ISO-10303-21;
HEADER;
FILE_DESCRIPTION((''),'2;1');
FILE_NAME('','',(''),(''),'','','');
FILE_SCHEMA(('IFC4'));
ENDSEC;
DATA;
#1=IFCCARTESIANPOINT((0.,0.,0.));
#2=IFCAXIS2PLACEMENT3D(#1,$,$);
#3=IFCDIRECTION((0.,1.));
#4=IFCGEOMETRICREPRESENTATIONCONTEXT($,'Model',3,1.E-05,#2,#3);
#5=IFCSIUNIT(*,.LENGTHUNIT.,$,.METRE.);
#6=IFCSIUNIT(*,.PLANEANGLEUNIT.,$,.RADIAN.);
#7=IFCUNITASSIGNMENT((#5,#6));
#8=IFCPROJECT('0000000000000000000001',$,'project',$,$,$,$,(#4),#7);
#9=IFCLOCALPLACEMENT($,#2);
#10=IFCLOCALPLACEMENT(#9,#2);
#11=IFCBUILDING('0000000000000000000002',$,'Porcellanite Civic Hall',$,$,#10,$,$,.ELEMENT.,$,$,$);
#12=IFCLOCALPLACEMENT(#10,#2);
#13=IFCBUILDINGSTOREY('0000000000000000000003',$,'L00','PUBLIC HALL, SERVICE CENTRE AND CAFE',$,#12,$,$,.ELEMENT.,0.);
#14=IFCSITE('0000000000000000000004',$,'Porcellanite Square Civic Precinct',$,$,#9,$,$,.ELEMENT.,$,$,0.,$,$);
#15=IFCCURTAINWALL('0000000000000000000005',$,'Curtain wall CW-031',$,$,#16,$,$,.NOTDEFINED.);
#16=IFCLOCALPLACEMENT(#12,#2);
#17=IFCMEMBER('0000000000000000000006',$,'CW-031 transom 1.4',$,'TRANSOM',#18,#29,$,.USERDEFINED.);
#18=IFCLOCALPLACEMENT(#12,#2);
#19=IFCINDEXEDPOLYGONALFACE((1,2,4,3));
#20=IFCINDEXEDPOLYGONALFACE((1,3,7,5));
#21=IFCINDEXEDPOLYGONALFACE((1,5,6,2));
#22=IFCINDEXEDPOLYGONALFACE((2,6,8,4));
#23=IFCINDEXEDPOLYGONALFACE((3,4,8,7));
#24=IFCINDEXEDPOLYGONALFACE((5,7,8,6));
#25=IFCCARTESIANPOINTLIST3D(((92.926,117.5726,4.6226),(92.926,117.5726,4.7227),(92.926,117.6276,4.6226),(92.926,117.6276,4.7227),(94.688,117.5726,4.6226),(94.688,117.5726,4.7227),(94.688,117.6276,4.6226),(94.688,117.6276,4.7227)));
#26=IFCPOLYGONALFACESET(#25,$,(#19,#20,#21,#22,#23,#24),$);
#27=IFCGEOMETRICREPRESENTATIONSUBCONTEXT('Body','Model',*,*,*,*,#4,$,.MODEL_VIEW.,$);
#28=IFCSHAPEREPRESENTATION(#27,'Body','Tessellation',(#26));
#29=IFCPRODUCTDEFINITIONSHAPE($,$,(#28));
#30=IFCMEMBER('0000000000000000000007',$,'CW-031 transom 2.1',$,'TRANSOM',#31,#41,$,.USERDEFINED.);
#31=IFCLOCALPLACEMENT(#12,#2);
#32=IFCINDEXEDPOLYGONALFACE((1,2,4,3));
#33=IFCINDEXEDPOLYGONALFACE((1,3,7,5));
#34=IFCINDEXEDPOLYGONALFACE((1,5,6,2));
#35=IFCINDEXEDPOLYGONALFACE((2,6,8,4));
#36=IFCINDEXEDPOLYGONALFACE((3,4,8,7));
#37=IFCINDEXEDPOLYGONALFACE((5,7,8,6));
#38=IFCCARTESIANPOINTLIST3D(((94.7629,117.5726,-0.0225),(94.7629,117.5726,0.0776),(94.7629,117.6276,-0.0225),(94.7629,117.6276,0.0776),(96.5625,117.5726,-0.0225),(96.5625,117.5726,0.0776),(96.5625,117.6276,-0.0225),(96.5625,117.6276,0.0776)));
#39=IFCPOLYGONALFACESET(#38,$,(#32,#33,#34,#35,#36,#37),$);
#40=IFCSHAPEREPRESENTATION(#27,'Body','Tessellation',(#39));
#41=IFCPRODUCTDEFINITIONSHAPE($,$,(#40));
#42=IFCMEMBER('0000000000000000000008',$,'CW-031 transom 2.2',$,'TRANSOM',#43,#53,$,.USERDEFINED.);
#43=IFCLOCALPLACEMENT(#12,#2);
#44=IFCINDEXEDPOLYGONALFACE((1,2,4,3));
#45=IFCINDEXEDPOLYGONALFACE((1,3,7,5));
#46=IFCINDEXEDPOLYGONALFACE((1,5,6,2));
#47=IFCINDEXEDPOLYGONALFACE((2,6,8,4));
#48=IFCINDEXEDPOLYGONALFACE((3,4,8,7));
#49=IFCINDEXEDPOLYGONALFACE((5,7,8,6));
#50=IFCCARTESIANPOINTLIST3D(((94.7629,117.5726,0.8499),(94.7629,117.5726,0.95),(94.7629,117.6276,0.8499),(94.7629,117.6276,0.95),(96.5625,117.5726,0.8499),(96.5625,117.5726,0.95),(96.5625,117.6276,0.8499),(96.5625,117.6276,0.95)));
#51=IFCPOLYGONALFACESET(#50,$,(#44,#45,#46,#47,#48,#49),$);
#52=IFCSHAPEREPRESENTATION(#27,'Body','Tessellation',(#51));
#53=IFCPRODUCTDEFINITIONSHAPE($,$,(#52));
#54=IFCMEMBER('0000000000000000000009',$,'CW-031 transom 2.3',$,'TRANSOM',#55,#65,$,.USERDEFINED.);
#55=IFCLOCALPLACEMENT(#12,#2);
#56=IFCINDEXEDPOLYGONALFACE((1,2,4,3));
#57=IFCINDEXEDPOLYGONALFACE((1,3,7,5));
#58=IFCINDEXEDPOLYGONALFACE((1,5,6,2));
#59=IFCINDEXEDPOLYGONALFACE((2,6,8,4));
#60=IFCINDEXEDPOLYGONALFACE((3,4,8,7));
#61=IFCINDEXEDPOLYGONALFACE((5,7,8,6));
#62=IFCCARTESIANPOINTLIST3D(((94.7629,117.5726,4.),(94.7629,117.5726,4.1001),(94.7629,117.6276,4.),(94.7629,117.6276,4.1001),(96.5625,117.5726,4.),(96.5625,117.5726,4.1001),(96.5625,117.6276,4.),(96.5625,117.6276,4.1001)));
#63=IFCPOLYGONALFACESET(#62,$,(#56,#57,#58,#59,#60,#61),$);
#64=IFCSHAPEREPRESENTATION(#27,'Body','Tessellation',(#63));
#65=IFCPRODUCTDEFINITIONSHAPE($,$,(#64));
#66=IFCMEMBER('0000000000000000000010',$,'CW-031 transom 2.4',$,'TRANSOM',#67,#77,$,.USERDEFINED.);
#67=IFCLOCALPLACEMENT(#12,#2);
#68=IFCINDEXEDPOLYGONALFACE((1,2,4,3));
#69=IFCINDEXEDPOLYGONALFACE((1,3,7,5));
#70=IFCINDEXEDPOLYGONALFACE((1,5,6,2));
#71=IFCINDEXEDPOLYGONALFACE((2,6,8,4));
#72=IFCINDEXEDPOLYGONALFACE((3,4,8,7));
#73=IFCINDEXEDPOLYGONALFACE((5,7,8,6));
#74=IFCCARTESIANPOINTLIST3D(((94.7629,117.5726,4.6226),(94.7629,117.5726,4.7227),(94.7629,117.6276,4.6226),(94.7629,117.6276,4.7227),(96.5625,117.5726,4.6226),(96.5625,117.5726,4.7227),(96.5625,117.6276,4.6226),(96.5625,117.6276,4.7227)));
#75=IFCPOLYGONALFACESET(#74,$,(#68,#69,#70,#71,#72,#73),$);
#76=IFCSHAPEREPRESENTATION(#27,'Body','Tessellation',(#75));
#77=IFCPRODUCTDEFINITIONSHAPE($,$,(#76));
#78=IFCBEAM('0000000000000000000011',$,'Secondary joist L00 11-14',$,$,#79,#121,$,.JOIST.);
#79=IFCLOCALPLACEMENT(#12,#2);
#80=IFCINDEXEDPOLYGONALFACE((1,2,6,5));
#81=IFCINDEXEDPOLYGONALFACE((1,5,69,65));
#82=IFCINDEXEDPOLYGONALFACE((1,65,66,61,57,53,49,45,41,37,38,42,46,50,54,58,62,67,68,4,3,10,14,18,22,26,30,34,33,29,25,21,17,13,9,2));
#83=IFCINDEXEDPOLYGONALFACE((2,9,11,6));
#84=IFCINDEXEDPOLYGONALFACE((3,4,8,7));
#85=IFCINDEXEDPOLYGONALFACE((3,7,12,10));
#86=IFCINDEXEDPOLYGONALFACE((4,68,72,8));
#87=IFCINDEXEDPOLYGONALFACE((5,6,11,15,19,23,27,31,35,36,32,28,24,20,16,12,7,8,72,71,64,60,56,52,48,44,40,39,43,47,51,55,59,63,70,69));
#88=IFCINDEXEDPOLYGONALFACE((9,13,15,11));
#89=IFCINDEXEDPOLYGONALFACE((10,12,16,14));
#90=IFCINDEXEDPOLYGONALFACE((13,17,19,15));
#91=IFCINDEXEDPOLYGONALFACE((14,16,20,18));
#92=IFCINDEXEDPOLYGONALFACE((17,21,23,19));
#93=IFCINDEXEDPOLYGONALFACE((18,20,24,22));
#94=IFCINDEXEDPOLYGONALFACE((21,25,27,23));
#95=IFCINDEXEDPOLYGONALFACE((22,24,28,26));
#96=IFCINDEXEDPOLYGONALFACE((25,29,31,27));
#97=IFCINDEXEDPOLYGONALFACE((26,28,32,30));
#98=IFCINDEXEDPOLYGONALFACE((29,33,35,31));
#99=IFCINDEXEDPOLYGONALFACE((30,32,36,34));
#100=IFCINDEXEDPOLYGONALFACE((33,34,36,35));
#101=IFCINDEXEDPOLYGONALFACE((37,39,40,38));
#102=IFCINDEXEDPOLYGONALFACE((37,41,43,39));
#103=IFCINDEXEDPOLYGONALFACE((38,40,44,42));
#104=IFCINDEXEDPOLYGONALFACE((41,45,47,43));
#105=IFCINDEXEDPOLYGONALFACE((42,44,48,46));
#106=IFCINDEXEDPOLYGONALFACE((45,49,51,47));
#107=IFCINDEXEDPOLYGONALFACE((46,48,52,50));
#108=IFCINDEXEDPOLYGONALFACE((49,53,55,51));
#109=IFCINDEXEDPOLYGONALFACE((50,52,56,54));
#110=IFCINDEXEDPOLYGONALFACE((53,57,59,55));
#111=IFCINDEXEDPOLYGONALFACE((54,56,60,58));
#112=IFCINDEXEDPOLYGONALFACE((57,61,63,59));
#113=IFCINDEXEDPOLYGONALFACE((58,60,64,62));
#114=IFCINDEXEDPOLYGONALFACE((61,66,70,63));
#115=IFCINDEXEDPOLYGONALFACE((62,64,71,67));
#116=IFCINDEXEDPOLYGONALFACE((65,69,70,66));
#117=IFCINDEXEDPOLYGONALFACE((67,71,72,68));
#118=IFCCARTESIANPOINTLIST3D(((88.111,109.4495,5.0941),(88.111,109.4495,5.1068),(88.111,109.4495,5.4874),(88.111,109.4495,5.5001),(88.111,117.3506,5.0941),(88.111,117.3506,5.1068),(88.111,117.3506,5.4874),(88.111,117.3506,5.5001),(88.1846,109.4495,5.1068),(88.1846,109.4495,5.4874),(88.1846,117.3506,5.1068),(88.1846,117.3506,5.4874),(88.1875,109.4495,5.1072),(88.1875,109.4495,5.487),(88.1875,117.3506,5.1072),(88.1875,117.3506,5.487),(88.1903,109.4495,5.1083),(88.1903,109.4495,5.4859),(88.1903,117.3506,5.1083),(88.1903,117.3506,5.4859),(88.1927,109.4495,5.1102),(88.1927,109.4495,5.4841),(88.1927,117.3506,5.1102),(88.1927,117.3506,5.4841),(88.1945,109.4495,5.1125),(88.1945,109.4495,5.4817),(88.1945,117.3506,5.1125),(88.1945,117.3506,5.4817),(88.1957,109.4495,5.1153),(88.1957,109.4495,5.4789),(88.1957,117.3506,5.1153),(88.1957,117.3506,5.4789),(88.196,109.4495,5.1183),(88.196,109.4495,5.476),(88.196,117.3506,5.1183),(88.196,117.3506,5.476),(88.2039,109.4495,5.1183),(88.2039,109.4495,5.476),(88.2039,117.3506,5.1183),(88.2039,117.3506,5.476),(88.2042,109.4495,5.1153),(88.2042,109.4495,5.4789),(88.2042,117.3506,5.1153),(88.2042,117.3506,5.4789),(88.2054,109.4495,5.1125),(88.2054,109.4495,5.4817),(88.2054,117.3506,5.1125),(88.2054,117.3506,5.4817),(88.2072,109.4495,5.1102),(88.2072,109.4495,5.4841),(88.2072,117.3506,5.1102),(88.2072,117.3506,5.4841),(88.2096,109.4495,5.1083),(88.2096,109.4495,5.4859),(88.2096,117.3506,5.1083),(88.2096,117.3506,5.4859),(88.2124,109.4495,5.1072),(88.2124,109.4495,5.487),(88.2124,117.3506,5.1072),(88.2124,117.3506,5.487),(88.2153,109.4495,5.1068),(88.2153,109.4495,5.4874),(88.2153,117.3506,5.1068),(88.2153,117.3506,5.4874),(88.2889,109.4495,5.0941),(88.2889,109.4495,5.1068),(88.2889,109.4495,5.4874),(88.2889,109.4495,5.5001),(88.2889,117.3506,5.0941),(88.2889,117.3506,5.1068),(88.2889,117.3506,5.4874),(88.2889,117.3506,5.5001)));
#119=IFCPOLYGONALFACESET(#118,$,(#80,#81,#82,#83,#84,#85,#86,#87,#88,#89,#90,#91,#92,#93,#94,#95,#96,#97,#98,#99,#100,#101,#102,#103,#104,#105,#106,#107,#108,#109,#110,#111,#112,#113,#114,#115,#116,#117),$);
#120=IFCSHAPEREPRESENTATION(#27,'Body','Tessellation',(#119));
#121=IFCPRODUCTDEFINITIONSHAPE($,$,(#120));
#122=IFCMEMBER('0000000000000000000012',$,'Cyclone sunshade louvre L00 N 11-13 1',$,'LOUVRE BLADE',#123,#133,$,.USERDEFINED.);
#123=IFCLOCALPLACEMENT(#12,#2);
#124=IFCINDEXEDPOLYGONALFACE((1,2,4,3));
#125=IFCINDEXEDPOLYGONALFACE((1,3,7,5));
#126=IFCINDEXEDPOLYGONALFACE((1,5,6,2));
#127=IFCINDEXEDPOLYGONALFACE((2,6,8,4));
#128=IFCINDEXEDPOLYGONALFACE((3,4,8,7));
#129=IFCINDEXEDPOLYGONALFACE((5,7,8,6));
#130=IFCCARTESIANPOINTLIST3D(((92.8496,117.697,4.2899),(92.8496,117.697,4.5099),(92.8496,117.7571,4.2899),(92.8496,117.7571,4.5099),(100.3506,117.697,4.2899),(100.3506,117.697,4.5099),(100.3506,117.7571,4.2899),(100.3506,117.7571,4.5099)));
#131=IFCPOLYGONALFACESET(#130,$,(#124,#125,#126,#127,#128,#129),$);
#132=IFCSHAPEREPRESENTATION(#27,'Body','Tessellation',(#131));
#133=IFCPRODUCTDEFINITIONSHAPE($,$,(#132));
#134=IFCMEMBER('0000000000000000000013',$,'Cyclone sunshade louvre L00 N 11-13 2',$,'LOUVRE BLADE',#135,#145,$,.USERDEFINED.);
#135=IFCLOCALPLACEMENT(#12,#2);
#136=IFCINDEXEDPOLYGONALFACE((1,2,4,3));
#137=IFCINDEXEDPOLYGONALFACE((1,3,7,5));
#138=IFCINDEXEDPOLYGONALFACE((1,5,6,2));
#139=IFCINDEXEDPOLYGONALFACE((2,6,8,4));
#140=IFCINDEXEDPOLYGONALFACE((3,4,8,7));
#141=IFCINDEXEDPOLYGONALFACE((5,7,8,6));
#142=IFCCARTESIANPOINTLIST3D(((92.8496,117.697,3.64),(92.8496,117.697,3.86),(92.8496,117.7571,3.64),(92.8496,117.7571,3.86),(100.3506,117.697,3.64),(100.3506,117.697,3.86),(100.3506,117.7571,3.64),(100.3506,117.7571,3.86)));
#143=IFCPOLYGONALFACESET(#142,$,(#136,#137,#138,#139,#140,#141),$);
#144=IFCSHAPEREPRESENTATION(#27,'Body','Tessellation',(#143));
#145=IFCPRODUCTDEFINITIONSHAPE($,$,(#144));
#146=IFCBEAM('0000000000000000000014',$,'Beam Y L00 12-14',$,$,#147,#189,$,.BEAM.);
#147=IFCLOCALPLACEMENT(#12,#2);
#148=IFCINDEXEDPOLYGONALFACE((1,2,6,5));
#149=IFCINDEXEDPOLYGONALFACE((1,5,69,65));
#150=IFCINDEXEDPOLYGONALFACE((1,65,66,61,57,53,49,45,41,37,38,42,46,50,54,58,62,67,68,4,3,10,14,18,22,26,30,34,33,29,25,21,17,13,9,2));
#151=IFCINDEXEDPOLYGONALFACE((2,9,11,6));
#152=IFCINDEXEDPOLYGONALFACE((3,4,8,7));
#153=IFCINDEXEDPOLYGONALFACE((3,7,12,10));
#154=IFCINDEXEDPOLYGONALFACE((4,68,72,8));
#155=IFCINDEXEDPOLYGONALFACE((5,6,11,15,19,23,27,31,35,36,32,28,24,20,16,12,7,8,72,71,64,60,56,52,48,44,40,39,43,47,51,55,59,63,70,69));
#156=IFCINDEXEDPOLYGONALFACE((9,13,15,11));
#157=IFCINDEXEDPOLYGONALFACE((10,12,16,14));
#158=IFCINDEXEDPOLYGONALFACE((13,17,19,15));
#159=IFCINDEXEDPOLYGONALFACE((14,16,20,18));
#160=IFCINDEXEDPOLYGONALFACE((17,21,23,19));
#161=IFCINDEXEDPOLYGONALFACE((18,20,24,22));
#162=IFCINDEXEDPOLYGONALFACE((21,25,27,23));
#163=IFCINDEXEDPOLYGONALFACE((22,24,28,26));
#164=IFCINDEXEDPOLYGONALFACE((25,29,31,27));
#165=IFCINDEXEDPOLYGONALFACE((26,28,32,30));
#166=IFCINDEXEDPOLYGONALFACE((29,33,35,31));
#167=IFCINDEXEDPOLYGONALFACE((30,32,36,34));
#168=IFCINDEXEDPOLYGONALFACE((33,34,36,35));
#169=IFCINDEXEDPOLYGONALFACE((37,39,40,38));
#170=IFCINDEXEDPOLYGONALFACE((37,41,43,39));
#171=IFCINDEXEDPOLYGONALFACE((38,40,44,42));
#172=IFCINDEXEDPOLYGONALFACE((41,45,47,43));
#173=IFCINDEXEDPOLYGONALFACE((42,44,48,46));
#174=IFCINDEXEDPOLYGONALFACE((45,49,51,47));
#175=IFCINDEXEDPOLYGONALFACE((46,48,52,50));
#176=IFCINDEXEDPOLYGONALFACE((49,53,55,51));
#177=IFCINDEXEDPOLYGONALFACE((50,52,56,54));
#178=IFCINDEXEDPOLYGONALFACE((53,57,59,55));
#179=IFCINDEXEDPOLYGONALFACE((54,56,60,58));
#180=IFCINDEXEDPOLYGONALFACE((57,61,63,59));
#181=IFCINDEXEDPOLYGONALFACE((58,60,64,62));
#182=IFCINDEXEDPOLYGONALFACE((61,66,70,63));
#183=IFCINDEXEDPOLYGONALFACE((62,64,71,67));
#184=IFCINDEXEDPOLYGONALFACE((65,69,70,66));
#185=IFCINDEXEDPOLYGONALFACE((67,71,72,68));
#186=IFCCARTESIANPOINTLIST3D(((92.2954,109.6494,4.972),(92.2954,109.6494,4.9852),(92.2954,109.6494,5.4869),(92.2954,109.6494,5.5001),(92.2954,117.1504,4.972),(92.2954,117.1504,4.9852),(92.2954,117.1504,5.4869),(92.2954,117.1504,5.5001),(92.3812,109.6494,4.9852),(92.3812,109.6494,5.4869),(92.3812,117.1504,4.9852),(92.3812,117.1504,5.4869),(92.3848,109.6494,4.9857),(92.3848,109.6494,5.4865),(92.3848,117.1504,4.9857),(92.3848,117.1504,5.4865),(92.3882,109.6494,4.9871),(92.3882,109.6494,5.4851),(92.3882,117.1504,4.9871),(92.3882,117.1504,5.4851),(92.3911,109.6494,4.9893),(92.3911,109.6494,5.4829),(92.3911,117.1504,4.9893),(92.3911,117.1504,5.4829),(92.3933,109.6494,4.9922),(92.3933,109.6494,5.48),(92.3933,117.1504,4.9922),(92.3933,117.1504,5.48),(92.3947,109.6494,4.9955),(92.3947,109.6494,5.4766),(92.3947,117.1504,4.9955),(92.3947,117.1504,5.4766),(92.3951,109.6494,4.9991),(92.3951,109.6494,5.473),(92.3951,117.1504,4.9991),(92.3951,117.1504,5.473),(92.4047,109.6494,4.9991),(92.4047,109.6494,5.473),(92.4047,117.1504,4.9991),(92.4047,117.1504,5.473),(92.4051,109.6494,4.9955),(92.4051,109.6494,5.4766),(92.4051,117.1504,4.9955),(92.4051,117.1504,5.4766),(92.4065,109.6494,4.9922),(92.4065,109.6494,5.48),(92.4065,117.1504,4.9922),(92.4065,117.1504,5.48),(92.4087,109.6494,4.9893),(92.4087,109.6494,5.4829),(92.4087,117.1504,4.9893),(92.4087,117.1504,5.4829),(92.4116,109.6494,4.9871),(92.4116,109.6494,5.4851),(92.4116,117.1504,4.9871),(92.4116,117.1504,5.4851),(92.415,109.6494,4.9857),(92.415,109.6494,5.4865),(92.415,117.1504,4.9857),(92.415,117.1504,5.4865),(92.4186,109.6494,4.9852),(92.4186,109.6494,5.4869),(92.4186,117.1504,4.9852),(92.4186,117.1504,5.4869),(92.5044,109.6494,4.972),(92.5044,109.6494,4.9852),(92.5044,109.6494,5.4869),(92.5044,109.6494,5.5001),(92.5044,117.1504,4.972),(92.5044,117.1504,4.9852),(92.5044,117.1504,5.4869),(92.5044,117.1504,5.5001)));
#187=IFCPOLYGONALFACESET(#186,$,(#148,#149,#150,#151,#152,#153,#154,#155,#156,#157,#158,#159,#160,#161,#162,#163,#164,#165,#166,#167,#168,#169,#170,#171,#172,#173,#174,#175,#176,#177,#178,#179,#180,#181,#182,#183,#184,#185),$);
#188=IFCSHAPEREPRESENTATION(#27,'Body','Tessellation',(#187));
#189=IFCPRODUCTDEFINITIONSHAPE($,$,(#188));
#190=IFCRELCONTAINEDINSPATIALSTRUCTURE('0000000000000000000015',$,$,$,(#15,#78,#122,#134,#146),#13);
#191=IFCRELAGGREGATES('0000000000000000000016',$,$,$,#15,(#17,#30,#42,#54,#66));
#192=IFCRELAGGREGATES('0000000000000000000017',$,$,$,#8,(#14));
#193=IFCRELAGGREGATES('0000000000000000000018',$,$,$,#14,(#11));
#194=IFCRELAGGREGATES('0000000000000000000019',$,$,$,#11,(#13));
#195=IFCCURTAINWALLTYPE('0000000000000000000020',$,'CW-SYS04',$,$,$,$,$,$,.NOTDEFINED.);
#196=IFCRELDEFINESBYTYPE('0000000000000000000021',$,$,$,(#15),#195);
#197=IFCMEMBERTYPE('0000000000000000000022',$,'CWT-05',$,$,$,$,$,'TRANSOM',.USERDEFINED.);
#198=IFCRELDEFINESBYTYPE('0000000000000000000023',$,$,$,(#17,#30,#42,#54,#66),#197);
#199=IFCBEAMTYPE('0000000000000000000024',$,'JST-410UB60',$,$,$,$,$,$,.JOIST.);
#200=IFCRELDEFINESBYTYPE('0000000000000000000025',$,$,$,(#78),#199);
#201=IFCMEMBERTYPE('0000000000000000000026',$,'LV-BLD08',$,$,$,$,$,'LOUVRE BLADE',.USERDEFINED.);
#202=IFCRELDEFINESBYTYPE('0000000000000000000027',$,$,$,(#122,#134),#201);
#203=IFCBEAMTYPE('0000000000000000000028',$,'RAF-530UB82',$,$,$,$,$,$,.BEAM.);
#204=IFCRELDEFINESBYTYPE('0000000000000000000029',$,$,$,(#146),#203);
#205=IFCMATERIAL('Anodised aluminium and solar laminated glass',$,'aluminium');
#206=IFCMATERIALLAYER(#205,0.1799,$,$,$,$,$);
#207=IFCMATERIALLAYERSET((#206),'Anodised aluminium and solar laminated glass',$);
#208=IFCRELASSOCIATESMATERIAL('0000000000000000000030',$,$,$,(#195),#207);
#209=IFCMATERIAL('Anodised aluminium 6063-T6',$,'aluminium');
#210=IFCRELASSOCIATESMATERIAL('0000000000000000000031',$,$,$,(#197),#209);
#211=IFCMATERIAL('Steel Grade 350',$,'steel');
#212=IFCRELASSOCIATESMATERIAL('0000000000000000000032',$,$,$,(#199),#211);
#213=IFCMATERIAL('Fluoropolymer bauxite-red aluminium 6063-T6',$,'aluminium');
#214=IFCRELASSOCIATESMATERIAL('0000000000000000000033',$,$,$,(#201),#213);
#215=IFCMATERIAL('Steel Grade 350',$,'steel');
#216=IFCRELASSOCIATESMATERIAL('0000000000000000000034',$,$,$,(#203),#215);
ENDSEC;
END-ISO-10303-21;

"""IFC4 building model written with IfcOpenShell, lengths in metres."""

from ifc_helpers import new_model, si_unit, direction, frame, origin, origin_2d, place, context, subcontext, project, spatial, rectangle, i_section, extrude, material, layer, layer_set, material_profile, profile_set, type_object, element, aggregate, save


model = new_model("IFC4")

# Units and contexts
model_context = context("Model", 3, precision=1e-05, world=origin(), true_north=direction((0.0, 1.0)))
body_context = subcontext(model_context, "Body", "Model", "MODEL_VIEW")
ifc_project = project(units=[si_unit("LENGTHUNIT", "METRE"), si_unit("PLANEANGLEUNIT", "RADIAN")], contexts=[model_context])

# Site, building, storey
site_placement = place(None, origin())
site = spatial("IfcSite", under=ifc_project, at=site_placement, Name="Porcellanite Square Civic Precinct", CompositionType="ELEMENT", RefElevation=0.0)
building_placement = place(site_placement, origin())
building = spatial("IfcBuilding", under=site, at=building_placement, Name="Porcellanite Civic Hall", CompositionType="ELEMENT")
storey_placement = place(building_placement, origin())
storey = spatial("IfcBuildingStorey", under=building, at=storey_placement, Name="L00", Description="PUBLIC HALL, SERVICE CENTRE AND CAFE", CompositionType="ELEMENT", Elevation=0.0)

# Curtain wall
ifc_material_1 = material(Name="Anodised aluminium and solar laminated glass", Category="aluminium")
ifc_layer_1 = layer(ifc_material_1, 0.1799)
ifc_layer_set_1 = layer_set([ifc_layer_1], Name="Anodised aluminium and solar laminated glass")
curtain_wall_type_1 = type_object("IfcCurtainWallType", Name="CW-SYS04", PredefinedType="NOTDEFINED", material=ifc_layer_set_1)
curtain_wall_1_placement = place(storey_placement, origin())
curtain_wall_1 = element("IfcCurtainWall", 1, at=curtain_wall_1_placement, inside=storey, type_object=curtain_wall_type_1, Name="Curtain wall CW-031", PredefinedType="NOTDEFINED")

# Members
ifc_material_2 = material(Name="Anodised aluminium 6063-T6", Category="aluminium")
ifc_material_profile_1 = material_profile(ifc_material_2, rectangle(XDim=0.0549, YDim=0.1001, at=origin_2d()), Name="AL-55x100")
ifc_profile_set_1 = profile_set([ifc_material_profile_1], Name="Anodised aluminium 6063-T6")
member_type_1 = type_object("IfcMemberType", Name="CWT-05", ElementType="TRANSOM", PredefinedType="USERDEFINED", material=ifc_profile_set_1)
member_1_placement = place(storey_placement, frame((92.926, 117.6001, 4.6726), z_axis=(1.0, 0.0, 0.0), x_axis=(0.0, 1.0, 0.0)))
member_1 = element("IfcMember", 2, at=member_1_placement, type_object=member_type_1, Name="CW-031 transom 1.4", ObjectType="TRANSOM", PredefinedType="USERDEFINED", context=body_context, shape_type="SweptSolid", body=[
    extrude(rectangle(XDim=0.0549, YDim=0.1001, at=origin_2d()), origin(), (0.0, 0.0, 1.0), 1.762),
])
member_2_placement = place(storey_placement, frame((94.7629, 117.6001, 0.0276), z_axis=(1.0, 0.0, 0.0), x_axis=(0.0, 1.0, 0.0)))
member_2 = element("IfcMember", 3, at=member_2_placement, type_object=member_type_1, Name="CW-031 transom 2.1", ObjectType="TRANSOM", PredefinedType="USERDEFINED", context=body_context, shape_type="SweptSolid", body=[
    extrude(rectangle(XDim=0.0549, YDim=0.1001, at=origin_2d()), origin(), (0.0, 0.0, 1.0), 1.7996),
])
member_3_placement = place(storey_placement, frame((94.7629, 117.6001, 0.8999), z_axis=(1.0, 0.0, 0.0), x_axis=(0.0, 1.0, 0.0)))
member_3 = element("IfcMember", 4, at=member_3_placement, type_object=member_type_1, Name="CW-031 transom 2.2", ObjectType="TRANSOM", PredefinedType="USERDEFINED", context=body_context, shape_type="SweptSolid", body=[
    extrude(rectangle(XDim=0.0549, YDim=0.1001, at=origin_2d()), origin(), (0.0, 0.0, 1.0), 1.7996),
])
member_4_placement = place(storey_placement, frame((94.7629, 117.6001, 4.05), z_axis=(1.0, 0.0, 0.0), x_axis=(0.0, 1.0, 0.0)))
member_4 = element("IfcMember", 5, at=member_4_placement, type_object=member_type_1, Name="CW-031 transom 2.3", ObjectType="TRANSOM", PredefinedType="USERDEFINED", context=body_context, shape_type="SweptSolid", body=[
    extrude(rectangle(XDim=0.0549, YDim=0.1001, at=origin_2d()), origin(), (0.0, 0.0, 1.0), 1.7996),
])
member_5_placement = place(storey_placement, frame((94.7629, 117.6001, 4.6726), z_axis=(1.0, 0.0, 0.0), x_axis=(0.0, 1.0, 0.0)))
member_5 = element("IfcMember", 6, at=member_5_placement, type_object=member_type_1, Name="CW-031 transom 2.4", ObjectType="TRANSOM", PredefinedType="USERDEFINED", context=body_context, shape_type="SweptSolid", body=[
    extrude(rectangle(XDim=0.0549, YDim=0.1001, at=origin_2d()), origin(), (0.0, 0.0, 1.0), 1.7996),
])

# Beam
ifc_material_3 = material(Name="Steel Grade 350", Category="steel")
ifc_material_profile_2 = material_profile(ifc_material_3, i_section(OverallWidth=0.178, OverallDepth=0.406, WebThickness=0.0078, FlangeThickness=0.0127, FilletRadius=0.0115, at=origin_2d()), Name="410UB59.7")
ifc_profile_set_2 = profile_set([ifc_material_profile_2], Name="Steel Grade 350")
beam_type_1 = type_object("IfcBeamType", Name="JST-410UB60", PredefinedType="JOIST", material=ifc_profile_set_2)
beam_1_placement = place(storey_placement, frame((88.2, 109.4495, 5.2971), z_axis=(0.0, 1.0, 0.0), x_axis=(-1.0, 0.0, 0.0)))
element("IfcBeam", 7, at=beam_1_placement, inside=storey, type_object=beam_type_1, Name="Secondary joist L00 11-14", PredefinedType="JOIST", context=body_context, shape_type="SweptSolid", body=[
    extrude(i_section(OverallWidth=0.178, OverallDepth=0.406, WebThickness=0.0078, FlangeThickness=0.0127, FilletRadius=0.0115, at=origin_2d()), origin(), (0.0, 0.0, 1.0), 7.9011),
])

# Members
ifc_material_4 = material(Name="Fluoropolymer bauxite-red aluminium 6063-T6", Category="aluminium")
ifc_material_profile_3 = material_profile(ifc_material_4, rectangle(XDim=0.0601, YDim=0.22, at=origin_2d()), Name="AL-60x220")
ifc_profile_set_3 = profile_set([ifc_material_profile_3], Name="Fluoropolymer bauxite-red aluminium 6063-T6")
member_type_2 = type_object("IfcMemberType", Name="LV-BLD08", ElementType="LOUVRE BLADE", PredefinedType="USERDEFINED", material=ifc_profile_set_3)
for number, where, z_axis, x_axis, name in (
    (8, (92.8496, 117.7271, 4.3999), (1.0, 0.0, 0.0), (0.0, 1.0, 0.0), "Cyclone sunshade louvre L00 N 11-13 1"),
    (9, (92.8496, 117.7271, 3.75), (1.0, 0.0, 0.0), (0.0, 1.0, 0.0), "Cyclone sunshade louvre L00 N 11-13 2"),
):
    element("IfcMember", number, at=place(storey_placement, frame(where, z_axis=z_axis, x_axis=x_axis)), inside=storey, type_object=member_type_2, Name=name, ObjectType="LOUVRE BLADE", PredefinedType="USERDEFINED", context=body_context, shape_type="SweptSolid", body=[
        extrude(rectangle(XDim=0.0601, YDim=0.22, at=origin_2d()), origin(), (0.0, 0.0, 1.0), 7.501),
    ])

# Beam
ifc_material_5 = material(Name="Steel Grade 350", Category="steel")
ifc_material_profile_4 = material_profile(ifc_material_5, i_section(OverallWidth=0.209, OverallDepth=0.5281, WebThickness=0.0095, FlangeThickness=0.0132, FilletRadius=0.0139, at=origin_2d()), Name="530UB82.0")
ifc_profile_set_4 = profile_set([ifc_material_profile_4], Name="Steel Grade 350")
beam_type_2 = type_object("IfcBeamType", Name="RAF-530UB82", PredefinedType="BEAM", material=ifc_profile_set_4)
beam_2_placement = place(storey_placement, frame((92.3999, 109.6494, 5.2361), z_axis=(0.0, 1.0, 0.0), x_axis=(-1.0, 0.0, 0.0)))
element("IfcBeam", 10, at=beam_2_placement, inside=storey, type_object=beam_type_2, Name="Beam Y L00 12-14", PredefinedType="BEAM", context=body_context, shape_type="SweptSolid", body=[
    extrude(i_section(OverallWidth=0.209, OverallDepth=0.5281, WebThickness=0.0095, FlangeThickness=0.0132, FilletRadius=0.0139, at=origin_2d()), origin(), (0.0, 0.0, 1.0), 7.501),
])

aggregate(curtain_wall_1, [member_1, member_2, member_3, member_4, member_5])

save(model, "model.ifc")
